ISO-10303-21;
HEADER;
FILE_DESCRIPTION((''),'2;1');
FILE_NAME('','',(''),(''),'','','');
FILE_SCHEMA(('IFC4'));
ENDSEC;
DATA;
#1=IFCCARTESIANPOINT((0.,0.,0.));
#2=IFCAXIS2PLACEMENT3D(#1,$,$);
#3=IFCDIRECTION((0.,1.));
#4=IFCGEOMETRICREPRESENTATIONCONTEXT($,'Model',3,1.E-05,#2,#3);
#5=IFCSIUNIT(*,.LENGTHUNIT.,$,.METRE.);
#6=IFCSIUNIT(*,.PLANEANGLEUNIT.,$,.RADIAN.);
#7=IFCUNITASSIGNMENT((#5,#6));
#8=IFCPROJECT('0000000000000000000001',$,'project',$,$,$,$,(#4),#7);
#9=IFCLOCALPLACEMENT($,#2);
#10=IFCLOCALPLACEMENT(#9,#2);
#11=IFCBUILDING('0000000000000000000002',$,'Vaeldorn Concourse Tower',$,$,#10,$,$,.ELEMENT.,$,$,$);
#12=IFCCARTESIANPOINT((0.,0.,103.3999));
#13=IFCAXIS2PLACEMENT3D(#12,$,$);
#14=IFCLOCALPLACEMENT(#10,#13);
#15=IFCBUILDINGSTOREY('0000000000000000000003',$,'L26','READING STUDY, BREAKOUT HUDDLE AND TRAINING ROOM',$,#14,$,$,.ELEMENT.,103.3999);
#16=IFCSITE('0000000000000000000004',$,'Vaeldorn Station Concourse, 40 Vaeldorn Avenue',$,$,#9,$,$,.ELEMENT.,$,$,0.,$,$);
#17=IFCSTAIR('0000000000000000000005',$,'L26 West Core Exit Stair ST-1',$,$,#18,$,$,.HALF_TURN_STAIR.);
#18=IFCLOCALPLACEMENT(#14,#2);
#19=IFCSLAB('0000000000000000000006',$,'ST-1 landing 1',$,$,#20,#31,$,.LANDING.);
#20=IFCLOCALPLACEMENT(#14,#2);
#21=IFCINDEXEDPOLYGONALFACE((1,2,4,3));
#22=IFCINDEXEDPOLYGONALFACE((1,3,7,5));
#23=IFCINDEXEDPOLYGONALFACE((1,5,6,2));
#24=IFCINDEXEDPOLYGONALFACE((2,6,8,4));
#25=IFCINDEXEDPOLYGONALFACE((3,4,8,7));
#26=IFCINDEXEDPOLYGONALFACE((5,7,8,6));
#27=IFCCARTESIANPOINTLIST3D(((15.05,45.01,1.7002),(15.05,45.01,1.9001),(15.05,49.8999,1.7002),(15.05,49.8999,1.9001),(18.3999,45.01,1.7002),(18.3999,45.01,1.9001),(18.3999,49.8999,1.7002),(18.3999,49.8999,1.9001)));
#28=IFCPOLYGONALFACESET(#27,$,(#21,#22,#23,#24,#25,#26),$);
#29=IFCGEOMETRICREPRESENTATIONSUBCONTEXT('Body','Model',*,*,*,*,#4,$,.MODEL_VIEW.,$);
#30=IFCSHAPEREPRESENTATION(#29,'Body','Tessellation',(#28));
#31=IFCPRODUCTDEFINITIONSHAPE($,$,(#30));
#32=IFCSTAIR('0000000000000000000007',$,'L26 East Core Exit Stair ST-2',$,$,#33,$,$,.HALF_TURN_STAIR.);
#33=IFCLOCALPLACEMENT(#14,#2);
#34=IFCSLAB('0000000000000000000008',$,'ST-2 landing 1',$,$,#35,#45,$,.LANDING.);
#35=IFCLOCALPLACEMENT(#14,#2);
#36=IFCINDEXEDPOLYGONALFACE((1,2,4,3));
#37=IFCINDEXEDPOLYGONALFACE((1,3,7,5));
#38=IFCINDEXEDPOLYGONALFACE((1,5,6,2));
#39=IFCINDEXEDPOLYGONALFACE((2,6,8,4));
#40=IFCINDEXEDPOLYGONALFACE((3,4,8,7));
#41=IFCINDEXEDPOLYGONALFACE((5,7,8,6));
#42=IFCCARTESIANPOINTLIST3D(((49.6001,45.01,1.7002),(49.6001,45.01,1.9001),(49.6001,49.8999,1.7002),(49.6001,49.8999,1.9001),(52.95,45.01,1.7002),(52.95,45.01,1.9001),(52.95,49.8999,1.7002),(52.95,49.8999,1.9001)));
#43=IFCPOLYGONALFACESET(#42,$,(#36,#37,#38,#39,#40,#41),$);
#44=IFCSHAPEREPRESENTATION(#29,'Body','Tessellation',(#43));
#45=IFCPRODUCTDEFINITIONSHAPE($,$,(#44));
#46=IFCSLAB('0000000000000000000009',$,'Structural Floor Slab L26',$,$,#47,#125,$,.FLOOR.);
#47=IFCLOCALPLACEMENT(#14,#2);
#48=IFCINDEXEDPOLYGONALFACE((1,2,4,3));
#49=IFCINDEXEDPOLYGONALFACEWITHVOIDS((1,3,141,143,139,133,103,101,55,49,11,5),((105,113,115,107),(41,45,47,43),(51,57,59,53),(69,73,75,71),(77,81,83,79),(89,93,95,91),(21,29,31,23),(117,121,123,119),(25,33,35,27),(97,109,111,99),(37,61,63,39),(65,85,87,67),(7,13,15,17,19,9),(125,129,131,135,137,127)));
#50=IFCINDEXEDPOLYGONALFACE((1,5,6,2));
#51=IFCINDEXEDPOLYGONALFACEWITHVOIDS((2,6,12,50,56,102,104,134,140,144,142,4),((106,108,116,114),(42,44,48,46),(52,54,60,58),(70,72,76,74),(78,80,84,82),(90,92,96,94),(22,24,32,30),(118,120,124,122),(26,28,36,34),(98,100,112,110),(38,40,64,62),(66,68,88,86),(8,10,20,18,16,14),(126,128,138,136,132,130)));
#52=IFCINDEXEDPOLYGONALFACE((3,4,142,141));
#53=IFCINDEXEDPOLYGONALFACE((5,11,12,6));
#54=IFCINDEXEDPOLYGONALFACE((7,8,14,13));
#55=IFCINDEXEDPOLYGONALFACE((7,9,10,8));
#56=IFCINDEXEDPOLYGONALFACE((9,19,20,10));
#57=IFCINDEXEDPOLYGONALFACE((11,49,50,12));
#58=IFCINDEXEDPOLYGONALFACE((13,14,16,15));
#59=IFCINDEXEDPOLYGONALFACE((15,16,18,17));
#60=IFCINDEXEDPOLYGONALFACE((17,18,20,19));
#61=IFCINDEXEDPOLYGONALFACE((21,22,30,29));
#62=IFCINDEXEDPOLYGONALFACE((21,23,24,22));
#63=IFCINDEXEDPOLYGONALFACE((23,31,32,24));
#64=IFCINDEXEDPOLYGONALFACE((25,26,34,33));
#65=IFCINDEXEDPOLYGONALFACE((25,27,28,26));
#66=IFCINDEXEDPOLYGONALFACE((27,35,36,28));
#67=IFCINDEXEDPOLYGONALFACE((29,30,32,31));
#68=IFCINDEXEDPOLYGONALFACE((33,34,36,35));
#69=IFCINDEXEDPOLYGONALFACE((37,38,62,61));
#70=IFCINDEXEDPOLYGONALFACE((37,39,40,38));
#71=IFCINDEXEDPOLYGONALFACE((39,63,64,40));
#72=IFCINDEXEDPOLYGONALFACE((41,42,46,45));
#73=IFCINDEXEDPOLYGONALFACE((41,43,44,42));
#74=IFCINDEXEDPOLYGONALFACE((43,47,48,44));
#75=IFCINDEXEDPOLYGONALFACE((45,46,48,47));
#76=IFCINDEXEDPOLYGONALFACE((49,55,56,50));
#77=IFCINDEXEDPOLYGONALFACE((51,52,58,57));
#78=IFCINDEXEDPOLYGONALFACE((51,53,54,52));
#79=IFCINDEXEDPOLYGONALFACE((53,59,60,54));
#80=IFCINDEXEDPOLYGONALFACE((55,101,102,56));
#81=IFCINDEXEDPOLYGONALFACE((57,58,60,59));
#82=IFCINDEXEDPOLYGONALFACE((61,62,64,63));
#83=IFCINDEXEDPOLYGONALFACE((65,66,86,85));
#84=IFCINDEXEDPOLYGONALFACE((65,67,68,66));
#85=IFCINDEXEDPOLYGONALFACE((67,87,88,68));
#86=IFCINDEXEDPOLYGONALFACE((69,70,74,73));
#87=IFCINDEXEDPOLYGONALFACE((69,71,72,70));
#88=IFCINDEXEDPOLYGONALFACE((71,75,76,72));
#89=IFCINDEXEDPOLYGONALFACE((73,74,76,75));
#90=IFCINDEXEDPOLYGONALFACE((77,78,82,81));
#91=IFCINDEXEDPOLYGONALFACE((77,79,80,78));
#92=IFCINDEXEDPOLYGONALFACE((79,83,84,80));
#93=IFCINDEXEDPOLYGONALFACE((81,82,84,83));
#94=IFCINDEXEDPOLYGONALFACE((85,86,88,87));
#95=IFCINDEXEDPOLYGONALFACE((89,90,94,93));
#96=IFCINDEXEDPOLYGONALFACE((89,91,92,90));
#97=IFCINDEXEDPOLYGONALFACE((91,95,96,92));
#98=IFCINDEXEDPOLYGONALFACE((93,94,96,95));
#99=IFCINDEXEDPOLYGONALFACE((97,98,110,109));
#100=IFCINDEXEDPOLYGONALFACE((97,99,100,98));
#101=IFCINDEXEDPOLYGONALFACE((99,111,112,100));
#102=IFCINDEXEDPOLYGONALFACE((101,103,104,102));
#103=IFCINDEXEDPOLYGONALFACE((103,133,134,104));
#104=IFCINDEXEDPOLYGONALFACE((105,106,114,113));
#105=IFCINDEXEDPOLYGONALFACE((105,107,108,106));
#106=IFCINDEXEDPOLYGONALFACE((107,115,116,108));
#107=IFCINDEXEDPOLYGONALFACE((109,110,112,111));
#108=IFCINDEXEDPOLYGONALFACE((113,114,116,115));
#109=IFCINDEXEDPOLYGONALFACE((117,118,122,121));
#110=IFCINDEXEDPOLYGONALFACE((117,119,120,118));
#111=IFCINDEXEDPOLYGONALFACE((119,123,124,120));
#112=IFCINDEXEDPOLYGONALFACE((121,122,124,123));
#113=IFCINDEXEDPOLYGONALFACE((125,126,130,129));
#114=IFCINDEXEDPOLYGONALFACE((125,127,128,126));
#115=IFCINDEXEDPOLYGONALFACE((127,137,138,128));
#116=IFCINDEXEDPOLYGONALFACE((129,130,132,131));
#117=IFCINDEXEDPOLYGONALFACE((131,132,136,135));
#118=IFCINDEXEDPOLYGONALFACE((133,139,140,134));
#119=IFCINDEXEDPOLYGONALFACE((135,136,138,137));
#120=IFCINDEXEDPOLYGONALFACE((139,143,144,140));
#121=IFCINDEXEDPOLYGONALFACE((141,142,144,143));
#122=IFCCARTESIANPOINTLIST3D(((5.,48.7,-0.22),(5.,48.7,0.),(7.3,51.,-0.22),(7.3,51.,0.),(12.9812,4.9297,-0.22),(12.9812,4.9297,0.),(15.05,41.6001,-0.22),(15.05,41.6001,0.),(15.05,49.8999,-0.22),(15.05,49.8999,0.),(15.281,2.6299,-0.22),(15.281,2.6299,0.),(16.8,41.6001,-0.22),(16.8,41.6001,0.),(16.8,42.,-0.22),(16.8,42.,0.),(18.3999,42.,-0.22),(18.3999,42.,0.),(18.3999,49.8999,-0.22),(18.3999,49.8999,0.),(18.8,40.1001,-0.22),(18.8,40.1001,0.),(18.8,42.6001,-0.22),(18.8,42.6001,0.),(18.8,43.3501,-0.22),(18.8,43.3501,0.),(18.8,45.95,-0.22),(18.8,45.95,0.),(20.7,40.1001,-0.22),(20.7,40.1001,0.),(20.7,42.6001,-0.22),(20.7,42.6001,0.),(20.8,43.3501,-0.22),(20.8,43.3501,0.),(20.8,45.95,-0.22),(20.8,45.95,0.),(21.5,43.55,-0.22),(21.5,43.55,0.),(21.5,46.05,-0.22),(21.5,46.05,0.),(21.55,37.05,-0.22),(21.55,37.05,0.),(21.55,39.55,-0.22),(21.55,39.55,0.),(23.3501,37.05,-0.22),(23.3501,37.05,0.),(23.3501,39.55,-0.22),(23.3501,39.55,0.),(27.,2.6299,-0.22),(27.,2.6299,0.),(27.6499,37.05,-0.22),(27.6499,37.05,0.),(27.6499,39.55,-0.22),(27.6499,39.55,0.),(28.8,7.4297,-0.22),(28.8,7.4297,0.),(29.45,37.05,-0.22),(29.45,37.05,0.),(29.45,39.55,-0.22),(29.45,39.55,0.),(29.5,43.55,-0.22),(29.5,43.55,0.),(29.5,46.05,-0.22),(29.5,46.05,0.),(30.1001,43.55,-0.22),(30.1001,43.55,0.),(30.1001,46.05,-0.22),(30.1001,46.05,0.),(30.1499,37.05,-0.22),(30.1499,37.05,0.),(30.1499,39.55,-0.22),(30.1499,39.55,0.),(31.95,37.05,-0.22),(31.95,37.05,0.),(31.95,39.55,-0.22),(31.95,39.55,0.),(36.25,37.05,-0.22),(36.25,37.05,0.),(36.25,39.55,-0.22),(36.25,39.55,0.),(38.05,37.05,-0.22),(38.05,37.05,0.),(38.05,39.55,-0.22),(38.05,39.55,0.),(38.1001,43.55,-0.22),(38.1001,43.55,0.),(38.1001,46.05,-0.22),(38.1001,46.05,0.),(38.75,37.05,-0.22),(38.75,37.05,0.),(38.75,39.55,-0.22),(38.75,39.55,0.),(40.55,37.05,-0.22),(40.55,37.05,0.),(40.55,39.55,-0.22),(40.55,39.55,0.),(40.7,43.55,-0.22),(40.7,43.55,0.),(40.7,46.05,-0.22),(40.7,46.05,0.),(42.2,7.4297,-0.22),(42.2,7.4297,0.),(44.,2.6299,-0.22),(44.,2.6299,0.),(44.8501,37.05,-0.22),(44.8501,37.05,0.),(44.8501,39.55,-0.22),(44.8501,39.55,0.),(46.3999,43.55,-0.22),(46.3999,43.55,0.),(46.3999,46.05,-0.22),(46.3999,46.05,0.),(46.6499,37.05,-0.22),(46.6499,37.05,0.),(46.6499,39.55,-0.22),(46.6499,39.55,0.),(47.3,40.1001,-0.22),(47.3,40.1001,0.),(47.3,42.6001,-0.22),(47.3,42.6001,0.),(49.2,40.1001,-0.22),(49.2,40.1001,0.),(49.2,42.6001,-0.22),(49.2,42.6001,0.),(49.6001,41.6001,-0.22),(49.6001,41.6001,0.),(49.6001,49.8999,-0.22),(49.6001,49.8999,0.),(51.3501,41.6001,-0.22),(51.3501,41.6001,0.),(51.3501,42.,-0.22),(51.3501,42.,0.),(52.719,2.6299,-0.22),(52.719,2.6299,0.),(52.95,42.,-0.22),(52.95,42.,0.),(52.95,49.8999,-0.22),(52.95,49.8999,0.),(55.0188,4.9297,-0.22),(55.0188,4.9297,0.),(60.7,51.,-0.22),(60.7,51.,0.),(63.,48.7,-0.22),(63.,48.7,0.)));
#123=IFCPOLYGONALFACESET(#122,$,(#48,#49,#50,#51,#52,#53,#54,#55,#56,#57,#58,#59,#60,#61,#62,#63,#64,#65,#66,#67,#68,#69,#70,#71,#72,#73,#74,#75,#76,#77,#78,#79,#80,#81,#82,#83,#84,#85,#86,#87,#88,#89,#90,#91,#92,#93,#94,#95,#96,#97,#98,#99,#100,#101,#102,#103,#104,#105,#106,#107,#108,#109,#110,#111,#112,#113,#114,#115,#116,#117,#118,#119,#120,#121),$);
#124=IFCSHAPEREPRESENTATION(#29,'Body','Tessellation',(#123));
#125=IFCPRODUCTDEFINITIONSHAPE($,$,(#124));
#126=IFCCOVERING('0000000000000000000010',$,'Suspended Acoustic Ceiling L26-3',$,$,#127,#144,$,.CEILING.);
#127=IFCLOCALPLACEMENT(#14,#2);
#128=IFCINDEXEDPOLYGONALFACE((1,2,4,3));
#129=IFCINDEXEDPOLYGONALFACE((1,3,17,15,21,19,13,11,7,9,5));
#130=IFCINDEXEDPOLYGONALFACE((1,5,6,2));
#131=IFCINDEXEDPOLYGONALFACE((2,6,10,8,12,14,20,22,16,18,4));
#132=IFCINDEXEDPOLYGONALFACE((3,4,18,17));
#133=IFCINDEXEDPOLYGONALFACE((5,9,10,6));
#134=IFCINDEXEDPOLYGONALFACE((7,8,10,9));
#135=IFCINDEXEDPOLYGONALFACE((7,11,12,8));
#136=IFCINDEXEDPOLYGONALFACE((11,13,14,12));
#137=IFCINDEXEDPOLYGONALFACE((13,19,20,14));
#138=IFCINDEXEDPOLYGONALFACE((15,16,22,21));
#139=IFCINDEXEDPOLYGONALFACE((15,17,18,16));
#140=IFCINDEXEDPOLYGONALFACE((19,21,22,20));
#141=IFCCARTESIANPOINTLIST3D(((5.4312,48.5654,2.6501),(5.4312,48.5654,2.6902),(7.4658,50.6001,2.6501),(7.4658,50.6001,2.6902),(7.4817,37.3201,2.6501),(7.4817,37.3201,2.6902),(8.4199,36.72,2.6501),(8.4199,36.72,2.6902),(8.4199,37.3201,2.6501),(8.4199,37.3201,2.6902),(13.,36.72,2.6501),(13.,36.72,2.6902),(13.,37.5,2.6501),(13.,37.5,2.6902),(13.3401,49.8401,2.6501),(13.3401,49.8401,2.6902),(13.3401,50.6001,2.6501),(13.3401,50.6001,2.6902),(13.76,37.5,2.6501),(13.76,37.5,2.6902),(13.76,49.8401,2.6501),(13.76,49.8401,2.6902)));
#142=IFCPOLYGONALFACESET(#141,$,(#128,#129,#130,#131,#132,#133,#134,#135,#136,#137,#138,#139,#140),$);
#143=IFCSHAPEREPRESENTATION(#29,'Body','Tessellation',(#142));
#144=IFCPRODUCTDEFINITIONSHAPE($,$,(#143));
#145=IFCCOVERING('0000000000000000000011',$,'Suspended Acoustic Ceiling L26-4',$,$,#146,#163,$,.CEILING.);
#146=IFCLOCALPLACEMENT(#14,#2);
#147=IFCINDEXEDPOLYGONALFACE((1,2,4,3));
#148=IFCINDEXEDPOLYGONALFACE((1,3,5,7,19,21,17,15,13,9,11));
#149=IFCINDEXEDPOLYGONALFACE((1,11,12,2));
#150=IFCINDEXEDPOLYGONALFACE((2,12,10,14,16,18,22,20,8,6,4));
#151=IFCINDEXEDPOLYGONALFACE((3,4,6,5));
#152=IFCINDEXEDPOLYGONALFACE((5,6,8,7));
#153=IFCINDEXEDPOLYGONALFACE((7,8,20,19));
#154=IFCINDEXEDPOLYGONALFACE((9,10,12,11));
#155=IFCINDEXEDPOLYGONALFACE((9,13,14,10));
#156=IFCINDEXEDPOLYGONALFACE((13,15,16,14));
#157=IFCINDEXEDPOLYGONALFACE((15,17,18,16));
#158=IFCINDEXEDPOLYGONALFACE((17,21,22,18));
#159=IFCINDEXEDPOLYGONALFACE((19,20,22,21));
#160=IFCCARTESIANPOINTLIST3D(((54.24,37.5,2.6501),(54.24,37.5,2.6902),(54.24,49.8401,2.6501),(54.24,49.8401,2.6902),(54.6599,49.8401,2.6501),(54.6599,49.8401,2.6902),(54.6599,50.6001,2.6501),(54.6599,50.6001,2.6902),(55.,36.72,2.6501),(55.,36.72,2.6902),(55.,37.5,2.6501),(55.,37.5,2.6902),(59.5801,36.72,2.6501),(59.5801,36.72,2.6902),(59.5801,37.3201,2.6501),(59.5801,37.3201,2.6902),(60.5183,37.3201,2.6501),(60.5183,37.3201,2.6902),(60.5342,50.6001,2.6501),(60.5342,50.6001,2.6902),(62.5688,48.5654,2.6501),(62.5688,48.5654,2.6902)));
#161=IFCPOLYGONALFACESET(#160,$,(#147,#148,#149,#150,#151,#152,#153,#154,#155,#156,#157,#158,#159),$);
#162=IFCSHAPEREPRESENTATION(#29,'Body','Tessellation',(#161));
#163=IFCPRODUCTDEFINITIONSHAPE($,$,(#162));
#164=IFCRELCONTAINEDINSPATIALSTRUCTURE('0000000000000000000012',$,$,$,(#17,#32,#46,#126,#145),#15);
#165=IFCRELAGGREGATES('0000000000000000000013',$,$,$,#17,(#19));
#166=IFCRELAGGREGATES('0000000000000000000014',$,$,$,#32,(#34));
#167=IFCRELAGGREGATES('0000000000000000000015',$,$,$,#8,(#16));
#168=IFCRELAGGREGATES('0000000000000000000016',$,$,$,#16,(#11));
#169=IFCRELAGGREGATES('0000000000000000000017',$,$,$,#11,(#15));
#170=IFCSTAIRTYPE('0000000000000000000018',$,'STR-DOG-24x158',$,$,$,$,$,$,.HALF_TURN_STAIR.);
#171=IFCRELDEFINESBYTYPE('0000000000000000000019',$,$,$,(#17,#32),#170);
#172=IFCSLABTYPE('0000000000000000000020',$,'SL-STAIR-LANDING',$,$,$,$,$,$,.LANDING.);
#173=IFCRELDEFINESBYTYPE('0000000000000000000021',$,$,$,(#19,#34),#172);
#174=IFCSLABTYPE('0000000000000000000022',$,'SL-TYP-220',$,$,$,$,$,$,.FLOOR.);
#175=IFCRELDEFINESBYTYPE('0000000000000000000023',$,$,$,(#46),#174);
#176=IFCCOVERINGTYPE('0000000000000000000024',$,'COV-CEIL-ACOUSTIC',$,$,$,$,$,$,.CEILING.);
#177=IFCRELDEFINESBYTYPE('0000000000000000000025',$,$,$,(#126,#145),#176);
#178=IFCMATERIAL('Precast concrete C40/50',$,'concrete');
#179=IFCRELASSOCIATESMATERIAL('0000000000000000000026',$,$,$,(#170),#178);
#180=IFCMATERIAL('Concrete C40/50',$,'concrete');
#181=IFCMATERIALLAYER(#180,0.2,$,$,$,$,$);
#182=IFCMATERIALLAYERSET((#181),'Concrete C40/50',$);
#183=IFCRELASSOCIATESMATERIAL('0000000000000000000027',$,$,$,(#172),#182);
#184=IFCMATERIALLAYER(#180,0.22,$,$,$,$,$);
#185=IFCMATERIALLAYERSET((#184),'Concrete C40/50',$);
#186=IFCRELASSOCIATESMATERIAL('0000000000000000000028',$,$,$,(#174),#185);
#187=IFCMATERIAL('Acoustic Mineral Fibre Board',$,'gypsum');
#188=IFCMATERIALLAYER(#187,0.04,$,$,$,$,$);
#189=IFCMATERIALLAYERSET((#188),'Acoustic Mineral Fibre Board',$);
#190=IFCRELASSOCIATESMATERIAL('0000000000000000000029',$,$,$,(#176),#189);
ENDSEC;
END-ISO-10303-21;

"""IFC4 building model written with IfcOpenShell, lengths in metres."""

from ifc_helpers import new_model, si_unit, direction, frame, origin, place, context, subcontext, project, spatial, polyline, outline, extrude, material, layer, layer_set, type_object, element, aggregate, save


model = new_model("IFC4")

# Units and contexts
model_context = context("Model", 3, precision=1e-05, world=origin(), true_north=direction((0.0, 1.0)))
body_context = subcontext(model_context, "Body", "Model", "MODEL_VIEW")
ifc_project = project(units=[si_unit("LENGTHUNIT", "METRE"), si_unit("PLANEANGLEUNIT", "RADIAN")], contexts=[model_context])

# Site, building, storey
site_placement = place(None, origin())
site = spatial("IfcSite", under=ifc_project, at=site_placement, Name="Vaeldorn Station Concourse, 40 Vaeldorn Avenue", CompositionType="ELEMENT", RefElevation=0.0)
building_placement = place(site_placement, origin())
building = spatial("IfcBuilding", under=site, at=building_placement, Name="Vaeldorn Concourse Tower", CompositionType="ELEMENT")
storey_placement = place(building_placement, frame((0.0, 0.0, 103.3999)))
storey = spatial("IfcBuildingStorey", under=building, at=storey_placement, Name="L26", Description="READING STUDY, BREAKOUT HUDDLE AND TRAINING ROOM", CompositionType="ELEMENT", Elevation=103.3999)

# Stairs, slabs
ifc_material_1 = material(Name="Precast concrete C40/50", Category="concrete")
stair_type = type_object("IfcStairType", Name="STR-DOG-24x158", PredefinedType="HALF_TURN_STAIR", material=ifc_material_1)
stair_1_placement = place(storey_placement, origin())
stair_1 = element("IfcStair", 1, at=stair_1_placement, inside=storey, type_object=stair_type, Name="L26 West Core Exit Stair ST-1", PredefinedType="HALF_TURN_STAIR")
ifc_material_2 = material(Name="Concrete C40/50", Category="concrete")
ifc_layer_1 = layer(ifc_material_2, 0.2)
ifc_layer_set_1 = layer_set([ifc_layer_1], Name="Concrete C40/50")
slab_type_1 = type_object("IfcSlabType", Name="SL-STAIR-LANDING", PredefinedType="LANDING", material=ifc_layer_set_1)
slab_1_placement = place(storey_placement, frame((0.0, 0.0, 1.7002)))
slab_1 = element("IfcSlab", 2, at=slab_1_placement, type_object=slab_type_1, Name="ST-1 landing 1", PredefinedType="LANDING", context=body_context, shape_type="SweptSolid", body=[
    extrude(outline(polyline([(18.3999, 45.01), (18.3999, 49.8999), (15.05, 49.8999), (15.05, 45.01), (18.3999, 45.01)])), origin(), (0.0, 0.0, 1.0), 0.2),
])
aggregate(stair_1, [slab_1])
stair_2_placement = place(storey_placement, origin())
stair_2 = element("IfcStair", 3, at=stair_2_placement, inside=storey, type_object=stair_type, Name="L26 East Core Exit Stair ST-2", PredefinedType="HALF_TURN_STAIR")
slab_2_placement = place(storey_placement, frame((0.0, 0.0, 1.7002)))
slab_2 = element("IfcSlab", 4, at=slab_2_placement, type_object=slab_type_1, Name="ST-2 landing 1", PredefinedType="LANDING", context=body_context, shape_type="SweptSolid", body=[
    extrude(outline(polyline([(52.95, 45.01), (52.95, 49.8999), (49.6001, 49.8999), (49.6001, 45.01), (52.95, 45.01)])), origin(), (0.0, 0.0, 1.0), 0.2),
])
aggregate(stair_2, [slab_2])

# Slab
ifc_layer_2 = layer(ifc_material_2, 0.22)
ifc_layer_set_2 = layer_set([ifc_layer_2], Name="Concrete C40/50")
slab_type_2 = type_object("IfcSlabType", Name="SL-TYP-220", PredefinedType="FLOOR", material=ifc_layer_set_2)
slab_3_placement = place(storey_placement, frame((0.0, 0.0, -0.22)))
element("IfcSlab", 5, at=slab_3_placement, inside=storey, type_object=slab_type_2, Name="Structural Floor Slab L26", PredefinedType="FLOOR", context=body_context, shape_type="SweptSolid", body=[
    extrude(outline(polyline([(15.281, 2.6299), (27.0, 2.6299), (28.8, 7.4297), (42.2, 7.4297), (44.0, 2.6299), (52.719, 2.6299), (55.0188, 4.9297), (63.0, 48.7), (60.7, 51.0), (7.3, 51.0), (5.0, 48.7), (12.9812, 4.9297), (15.281, 2.6299)]), holes=[polyline([(18.3999, 42.0), (18.3999, 49.8999), (15.05, 49.8999), (15.05, 41.6001), (16.8, 41.6001), (16.8, 42.0), (18.3999, 42.0)]), polyline([(52.95, 42.0), (52.95, 49.8999), (49.6001, 49.8999), (49.6001, 41.6001), (51.3501, 41.6001), (51.3501, 42.0), (52.95, 42.0)]), polyline([(21.55, 37.05), (23.3501, 37.05), (23.3501, 39.55), (21.55, 39.55), (21.55, 37.05)]), polyline([(27.6499, 37.05), (29.45, 37.05), (29.45, 39.55), (27.6499, 39.55), (27.6499, 37.05)]), polyline([(21.5, 43.55), (29.5, 43.55), (29.5, 46.05), (21.5, 46.05), (21.5, 43.55)]), polyline([(30.1499, 37.05), (31.95, 37.05), (31.95, 39.55), (30.1499, 39.55), (30.1499, 37.05)]), polyline([(36.25, 37.05), (38.05, 37.05), (38.05, 39.55), (36.25, 39.55), (36.25, 37.05)]), polyline([(30.1001, 43.55), (38.1001, 43.55), (38.1001, 46.05), (30.1001, 46.05), (30.1001, 43.55)]), polyline([(38.75, 37.05), (40.55, 37.05), (40.55, 39.55), (38.75, 39.55), (38.75, 37.05)]), polyline([(44.8501, 37.05), (46.6499, 37.05), (46.6499, 39.55), (44.8501, 39.55), (44.8501, 37.05)]), polyline([(40.7, 43.55), (46.3999, 43.55), (46.3999, 46.05), (40.7, 46.05), (40.7, 43.55)]), polyline([(18.8, 43.3501), (20.8, 43.3501), (20.8, 45.95), (18.8, 45.95), (18.8, 43.3501)]), polyline([(18.8, 40.1001), (20.7, 40.1001), (20.7, 42.6001), (18.8, 42.6001), (18.8, 40.1001)]), polyline([(47.3, 40.1001), (49.2, 40.1001), (49.2, 42.6001), (47.3, 42.6001), (47.3, 40.1001)])]), origin(), (0.0, 0.0, 1.0), 0.22),
])

# Coverings
ifc_material_3 = material(Name="Acoustic Mineral Fibre Board", Category="gypsum")
ifc_layer_3 = layer(ifc_material_3, 0.04)
ifc_layer_set_3 = layer_set([ifc_layer_3], Name="Acoustic Mineral Fibre Board")
covering_type_1 = type_object("IfcCoveringType", Name="COV-CEIL-ACOUSTIC", PredefinedType="CEILING", material=ifc_layer_set_3)
covering_1_placement = place(storey_placement, frame((0.0, 0.0, 2.6501)))
element("IfcCovering", 6, at=covering_1_placement, inside=storey, type_object=covering_type_1, Name="Suspended Acoustic Ceiling L26-3", PredefinedType="CEILING", context=body_context, shape_type="SweptSolid", body=[
    extrude(outline(polyline([(7.4658, 50.6001), (13.3401, 50.6001), (13.3401, 49.8401), (13.76, 49.8401), (13.76, 37.5), (13.0, 37.5), (13.0, 36.72), (8.4199, 36.72), (8.4199, 37.3201), (7.4817, 37.3201), (5.4312, 48.5654), (7.4658, 50.6001)])), origin(), (0.0, 0.0, 1.0), 0.04),
])
covering_2_placement = place(storey_placement, frame((0.0, 0.0, 2.6501)))
element("IfcCovering", 7, at=covering_2_placement, inside=storey, type_object=covering_type_1, Name="Suspended Acoustic Ceiling L26-4", PredefinedType="CEILING", context=body_context, shape_type="SweptSolid", body=[
    extrude(outline(polyline([(54.6599, 49.8401), (54.6599, 50.6001), (60.5342, 50.6001), (62.5688, 48.5654), (60.5183, 37.3201), (59.5801, 37.3201), (59.5801, 36.72), (55.0, 36.72), (55.0, 37.5), (54.24, 37.5), (54.24, 49.8401), (54.6599, 49.8401)])), origin(), (0.0, 0.0, 1.0), 0.04),
])

save(model, "model.ifc")
